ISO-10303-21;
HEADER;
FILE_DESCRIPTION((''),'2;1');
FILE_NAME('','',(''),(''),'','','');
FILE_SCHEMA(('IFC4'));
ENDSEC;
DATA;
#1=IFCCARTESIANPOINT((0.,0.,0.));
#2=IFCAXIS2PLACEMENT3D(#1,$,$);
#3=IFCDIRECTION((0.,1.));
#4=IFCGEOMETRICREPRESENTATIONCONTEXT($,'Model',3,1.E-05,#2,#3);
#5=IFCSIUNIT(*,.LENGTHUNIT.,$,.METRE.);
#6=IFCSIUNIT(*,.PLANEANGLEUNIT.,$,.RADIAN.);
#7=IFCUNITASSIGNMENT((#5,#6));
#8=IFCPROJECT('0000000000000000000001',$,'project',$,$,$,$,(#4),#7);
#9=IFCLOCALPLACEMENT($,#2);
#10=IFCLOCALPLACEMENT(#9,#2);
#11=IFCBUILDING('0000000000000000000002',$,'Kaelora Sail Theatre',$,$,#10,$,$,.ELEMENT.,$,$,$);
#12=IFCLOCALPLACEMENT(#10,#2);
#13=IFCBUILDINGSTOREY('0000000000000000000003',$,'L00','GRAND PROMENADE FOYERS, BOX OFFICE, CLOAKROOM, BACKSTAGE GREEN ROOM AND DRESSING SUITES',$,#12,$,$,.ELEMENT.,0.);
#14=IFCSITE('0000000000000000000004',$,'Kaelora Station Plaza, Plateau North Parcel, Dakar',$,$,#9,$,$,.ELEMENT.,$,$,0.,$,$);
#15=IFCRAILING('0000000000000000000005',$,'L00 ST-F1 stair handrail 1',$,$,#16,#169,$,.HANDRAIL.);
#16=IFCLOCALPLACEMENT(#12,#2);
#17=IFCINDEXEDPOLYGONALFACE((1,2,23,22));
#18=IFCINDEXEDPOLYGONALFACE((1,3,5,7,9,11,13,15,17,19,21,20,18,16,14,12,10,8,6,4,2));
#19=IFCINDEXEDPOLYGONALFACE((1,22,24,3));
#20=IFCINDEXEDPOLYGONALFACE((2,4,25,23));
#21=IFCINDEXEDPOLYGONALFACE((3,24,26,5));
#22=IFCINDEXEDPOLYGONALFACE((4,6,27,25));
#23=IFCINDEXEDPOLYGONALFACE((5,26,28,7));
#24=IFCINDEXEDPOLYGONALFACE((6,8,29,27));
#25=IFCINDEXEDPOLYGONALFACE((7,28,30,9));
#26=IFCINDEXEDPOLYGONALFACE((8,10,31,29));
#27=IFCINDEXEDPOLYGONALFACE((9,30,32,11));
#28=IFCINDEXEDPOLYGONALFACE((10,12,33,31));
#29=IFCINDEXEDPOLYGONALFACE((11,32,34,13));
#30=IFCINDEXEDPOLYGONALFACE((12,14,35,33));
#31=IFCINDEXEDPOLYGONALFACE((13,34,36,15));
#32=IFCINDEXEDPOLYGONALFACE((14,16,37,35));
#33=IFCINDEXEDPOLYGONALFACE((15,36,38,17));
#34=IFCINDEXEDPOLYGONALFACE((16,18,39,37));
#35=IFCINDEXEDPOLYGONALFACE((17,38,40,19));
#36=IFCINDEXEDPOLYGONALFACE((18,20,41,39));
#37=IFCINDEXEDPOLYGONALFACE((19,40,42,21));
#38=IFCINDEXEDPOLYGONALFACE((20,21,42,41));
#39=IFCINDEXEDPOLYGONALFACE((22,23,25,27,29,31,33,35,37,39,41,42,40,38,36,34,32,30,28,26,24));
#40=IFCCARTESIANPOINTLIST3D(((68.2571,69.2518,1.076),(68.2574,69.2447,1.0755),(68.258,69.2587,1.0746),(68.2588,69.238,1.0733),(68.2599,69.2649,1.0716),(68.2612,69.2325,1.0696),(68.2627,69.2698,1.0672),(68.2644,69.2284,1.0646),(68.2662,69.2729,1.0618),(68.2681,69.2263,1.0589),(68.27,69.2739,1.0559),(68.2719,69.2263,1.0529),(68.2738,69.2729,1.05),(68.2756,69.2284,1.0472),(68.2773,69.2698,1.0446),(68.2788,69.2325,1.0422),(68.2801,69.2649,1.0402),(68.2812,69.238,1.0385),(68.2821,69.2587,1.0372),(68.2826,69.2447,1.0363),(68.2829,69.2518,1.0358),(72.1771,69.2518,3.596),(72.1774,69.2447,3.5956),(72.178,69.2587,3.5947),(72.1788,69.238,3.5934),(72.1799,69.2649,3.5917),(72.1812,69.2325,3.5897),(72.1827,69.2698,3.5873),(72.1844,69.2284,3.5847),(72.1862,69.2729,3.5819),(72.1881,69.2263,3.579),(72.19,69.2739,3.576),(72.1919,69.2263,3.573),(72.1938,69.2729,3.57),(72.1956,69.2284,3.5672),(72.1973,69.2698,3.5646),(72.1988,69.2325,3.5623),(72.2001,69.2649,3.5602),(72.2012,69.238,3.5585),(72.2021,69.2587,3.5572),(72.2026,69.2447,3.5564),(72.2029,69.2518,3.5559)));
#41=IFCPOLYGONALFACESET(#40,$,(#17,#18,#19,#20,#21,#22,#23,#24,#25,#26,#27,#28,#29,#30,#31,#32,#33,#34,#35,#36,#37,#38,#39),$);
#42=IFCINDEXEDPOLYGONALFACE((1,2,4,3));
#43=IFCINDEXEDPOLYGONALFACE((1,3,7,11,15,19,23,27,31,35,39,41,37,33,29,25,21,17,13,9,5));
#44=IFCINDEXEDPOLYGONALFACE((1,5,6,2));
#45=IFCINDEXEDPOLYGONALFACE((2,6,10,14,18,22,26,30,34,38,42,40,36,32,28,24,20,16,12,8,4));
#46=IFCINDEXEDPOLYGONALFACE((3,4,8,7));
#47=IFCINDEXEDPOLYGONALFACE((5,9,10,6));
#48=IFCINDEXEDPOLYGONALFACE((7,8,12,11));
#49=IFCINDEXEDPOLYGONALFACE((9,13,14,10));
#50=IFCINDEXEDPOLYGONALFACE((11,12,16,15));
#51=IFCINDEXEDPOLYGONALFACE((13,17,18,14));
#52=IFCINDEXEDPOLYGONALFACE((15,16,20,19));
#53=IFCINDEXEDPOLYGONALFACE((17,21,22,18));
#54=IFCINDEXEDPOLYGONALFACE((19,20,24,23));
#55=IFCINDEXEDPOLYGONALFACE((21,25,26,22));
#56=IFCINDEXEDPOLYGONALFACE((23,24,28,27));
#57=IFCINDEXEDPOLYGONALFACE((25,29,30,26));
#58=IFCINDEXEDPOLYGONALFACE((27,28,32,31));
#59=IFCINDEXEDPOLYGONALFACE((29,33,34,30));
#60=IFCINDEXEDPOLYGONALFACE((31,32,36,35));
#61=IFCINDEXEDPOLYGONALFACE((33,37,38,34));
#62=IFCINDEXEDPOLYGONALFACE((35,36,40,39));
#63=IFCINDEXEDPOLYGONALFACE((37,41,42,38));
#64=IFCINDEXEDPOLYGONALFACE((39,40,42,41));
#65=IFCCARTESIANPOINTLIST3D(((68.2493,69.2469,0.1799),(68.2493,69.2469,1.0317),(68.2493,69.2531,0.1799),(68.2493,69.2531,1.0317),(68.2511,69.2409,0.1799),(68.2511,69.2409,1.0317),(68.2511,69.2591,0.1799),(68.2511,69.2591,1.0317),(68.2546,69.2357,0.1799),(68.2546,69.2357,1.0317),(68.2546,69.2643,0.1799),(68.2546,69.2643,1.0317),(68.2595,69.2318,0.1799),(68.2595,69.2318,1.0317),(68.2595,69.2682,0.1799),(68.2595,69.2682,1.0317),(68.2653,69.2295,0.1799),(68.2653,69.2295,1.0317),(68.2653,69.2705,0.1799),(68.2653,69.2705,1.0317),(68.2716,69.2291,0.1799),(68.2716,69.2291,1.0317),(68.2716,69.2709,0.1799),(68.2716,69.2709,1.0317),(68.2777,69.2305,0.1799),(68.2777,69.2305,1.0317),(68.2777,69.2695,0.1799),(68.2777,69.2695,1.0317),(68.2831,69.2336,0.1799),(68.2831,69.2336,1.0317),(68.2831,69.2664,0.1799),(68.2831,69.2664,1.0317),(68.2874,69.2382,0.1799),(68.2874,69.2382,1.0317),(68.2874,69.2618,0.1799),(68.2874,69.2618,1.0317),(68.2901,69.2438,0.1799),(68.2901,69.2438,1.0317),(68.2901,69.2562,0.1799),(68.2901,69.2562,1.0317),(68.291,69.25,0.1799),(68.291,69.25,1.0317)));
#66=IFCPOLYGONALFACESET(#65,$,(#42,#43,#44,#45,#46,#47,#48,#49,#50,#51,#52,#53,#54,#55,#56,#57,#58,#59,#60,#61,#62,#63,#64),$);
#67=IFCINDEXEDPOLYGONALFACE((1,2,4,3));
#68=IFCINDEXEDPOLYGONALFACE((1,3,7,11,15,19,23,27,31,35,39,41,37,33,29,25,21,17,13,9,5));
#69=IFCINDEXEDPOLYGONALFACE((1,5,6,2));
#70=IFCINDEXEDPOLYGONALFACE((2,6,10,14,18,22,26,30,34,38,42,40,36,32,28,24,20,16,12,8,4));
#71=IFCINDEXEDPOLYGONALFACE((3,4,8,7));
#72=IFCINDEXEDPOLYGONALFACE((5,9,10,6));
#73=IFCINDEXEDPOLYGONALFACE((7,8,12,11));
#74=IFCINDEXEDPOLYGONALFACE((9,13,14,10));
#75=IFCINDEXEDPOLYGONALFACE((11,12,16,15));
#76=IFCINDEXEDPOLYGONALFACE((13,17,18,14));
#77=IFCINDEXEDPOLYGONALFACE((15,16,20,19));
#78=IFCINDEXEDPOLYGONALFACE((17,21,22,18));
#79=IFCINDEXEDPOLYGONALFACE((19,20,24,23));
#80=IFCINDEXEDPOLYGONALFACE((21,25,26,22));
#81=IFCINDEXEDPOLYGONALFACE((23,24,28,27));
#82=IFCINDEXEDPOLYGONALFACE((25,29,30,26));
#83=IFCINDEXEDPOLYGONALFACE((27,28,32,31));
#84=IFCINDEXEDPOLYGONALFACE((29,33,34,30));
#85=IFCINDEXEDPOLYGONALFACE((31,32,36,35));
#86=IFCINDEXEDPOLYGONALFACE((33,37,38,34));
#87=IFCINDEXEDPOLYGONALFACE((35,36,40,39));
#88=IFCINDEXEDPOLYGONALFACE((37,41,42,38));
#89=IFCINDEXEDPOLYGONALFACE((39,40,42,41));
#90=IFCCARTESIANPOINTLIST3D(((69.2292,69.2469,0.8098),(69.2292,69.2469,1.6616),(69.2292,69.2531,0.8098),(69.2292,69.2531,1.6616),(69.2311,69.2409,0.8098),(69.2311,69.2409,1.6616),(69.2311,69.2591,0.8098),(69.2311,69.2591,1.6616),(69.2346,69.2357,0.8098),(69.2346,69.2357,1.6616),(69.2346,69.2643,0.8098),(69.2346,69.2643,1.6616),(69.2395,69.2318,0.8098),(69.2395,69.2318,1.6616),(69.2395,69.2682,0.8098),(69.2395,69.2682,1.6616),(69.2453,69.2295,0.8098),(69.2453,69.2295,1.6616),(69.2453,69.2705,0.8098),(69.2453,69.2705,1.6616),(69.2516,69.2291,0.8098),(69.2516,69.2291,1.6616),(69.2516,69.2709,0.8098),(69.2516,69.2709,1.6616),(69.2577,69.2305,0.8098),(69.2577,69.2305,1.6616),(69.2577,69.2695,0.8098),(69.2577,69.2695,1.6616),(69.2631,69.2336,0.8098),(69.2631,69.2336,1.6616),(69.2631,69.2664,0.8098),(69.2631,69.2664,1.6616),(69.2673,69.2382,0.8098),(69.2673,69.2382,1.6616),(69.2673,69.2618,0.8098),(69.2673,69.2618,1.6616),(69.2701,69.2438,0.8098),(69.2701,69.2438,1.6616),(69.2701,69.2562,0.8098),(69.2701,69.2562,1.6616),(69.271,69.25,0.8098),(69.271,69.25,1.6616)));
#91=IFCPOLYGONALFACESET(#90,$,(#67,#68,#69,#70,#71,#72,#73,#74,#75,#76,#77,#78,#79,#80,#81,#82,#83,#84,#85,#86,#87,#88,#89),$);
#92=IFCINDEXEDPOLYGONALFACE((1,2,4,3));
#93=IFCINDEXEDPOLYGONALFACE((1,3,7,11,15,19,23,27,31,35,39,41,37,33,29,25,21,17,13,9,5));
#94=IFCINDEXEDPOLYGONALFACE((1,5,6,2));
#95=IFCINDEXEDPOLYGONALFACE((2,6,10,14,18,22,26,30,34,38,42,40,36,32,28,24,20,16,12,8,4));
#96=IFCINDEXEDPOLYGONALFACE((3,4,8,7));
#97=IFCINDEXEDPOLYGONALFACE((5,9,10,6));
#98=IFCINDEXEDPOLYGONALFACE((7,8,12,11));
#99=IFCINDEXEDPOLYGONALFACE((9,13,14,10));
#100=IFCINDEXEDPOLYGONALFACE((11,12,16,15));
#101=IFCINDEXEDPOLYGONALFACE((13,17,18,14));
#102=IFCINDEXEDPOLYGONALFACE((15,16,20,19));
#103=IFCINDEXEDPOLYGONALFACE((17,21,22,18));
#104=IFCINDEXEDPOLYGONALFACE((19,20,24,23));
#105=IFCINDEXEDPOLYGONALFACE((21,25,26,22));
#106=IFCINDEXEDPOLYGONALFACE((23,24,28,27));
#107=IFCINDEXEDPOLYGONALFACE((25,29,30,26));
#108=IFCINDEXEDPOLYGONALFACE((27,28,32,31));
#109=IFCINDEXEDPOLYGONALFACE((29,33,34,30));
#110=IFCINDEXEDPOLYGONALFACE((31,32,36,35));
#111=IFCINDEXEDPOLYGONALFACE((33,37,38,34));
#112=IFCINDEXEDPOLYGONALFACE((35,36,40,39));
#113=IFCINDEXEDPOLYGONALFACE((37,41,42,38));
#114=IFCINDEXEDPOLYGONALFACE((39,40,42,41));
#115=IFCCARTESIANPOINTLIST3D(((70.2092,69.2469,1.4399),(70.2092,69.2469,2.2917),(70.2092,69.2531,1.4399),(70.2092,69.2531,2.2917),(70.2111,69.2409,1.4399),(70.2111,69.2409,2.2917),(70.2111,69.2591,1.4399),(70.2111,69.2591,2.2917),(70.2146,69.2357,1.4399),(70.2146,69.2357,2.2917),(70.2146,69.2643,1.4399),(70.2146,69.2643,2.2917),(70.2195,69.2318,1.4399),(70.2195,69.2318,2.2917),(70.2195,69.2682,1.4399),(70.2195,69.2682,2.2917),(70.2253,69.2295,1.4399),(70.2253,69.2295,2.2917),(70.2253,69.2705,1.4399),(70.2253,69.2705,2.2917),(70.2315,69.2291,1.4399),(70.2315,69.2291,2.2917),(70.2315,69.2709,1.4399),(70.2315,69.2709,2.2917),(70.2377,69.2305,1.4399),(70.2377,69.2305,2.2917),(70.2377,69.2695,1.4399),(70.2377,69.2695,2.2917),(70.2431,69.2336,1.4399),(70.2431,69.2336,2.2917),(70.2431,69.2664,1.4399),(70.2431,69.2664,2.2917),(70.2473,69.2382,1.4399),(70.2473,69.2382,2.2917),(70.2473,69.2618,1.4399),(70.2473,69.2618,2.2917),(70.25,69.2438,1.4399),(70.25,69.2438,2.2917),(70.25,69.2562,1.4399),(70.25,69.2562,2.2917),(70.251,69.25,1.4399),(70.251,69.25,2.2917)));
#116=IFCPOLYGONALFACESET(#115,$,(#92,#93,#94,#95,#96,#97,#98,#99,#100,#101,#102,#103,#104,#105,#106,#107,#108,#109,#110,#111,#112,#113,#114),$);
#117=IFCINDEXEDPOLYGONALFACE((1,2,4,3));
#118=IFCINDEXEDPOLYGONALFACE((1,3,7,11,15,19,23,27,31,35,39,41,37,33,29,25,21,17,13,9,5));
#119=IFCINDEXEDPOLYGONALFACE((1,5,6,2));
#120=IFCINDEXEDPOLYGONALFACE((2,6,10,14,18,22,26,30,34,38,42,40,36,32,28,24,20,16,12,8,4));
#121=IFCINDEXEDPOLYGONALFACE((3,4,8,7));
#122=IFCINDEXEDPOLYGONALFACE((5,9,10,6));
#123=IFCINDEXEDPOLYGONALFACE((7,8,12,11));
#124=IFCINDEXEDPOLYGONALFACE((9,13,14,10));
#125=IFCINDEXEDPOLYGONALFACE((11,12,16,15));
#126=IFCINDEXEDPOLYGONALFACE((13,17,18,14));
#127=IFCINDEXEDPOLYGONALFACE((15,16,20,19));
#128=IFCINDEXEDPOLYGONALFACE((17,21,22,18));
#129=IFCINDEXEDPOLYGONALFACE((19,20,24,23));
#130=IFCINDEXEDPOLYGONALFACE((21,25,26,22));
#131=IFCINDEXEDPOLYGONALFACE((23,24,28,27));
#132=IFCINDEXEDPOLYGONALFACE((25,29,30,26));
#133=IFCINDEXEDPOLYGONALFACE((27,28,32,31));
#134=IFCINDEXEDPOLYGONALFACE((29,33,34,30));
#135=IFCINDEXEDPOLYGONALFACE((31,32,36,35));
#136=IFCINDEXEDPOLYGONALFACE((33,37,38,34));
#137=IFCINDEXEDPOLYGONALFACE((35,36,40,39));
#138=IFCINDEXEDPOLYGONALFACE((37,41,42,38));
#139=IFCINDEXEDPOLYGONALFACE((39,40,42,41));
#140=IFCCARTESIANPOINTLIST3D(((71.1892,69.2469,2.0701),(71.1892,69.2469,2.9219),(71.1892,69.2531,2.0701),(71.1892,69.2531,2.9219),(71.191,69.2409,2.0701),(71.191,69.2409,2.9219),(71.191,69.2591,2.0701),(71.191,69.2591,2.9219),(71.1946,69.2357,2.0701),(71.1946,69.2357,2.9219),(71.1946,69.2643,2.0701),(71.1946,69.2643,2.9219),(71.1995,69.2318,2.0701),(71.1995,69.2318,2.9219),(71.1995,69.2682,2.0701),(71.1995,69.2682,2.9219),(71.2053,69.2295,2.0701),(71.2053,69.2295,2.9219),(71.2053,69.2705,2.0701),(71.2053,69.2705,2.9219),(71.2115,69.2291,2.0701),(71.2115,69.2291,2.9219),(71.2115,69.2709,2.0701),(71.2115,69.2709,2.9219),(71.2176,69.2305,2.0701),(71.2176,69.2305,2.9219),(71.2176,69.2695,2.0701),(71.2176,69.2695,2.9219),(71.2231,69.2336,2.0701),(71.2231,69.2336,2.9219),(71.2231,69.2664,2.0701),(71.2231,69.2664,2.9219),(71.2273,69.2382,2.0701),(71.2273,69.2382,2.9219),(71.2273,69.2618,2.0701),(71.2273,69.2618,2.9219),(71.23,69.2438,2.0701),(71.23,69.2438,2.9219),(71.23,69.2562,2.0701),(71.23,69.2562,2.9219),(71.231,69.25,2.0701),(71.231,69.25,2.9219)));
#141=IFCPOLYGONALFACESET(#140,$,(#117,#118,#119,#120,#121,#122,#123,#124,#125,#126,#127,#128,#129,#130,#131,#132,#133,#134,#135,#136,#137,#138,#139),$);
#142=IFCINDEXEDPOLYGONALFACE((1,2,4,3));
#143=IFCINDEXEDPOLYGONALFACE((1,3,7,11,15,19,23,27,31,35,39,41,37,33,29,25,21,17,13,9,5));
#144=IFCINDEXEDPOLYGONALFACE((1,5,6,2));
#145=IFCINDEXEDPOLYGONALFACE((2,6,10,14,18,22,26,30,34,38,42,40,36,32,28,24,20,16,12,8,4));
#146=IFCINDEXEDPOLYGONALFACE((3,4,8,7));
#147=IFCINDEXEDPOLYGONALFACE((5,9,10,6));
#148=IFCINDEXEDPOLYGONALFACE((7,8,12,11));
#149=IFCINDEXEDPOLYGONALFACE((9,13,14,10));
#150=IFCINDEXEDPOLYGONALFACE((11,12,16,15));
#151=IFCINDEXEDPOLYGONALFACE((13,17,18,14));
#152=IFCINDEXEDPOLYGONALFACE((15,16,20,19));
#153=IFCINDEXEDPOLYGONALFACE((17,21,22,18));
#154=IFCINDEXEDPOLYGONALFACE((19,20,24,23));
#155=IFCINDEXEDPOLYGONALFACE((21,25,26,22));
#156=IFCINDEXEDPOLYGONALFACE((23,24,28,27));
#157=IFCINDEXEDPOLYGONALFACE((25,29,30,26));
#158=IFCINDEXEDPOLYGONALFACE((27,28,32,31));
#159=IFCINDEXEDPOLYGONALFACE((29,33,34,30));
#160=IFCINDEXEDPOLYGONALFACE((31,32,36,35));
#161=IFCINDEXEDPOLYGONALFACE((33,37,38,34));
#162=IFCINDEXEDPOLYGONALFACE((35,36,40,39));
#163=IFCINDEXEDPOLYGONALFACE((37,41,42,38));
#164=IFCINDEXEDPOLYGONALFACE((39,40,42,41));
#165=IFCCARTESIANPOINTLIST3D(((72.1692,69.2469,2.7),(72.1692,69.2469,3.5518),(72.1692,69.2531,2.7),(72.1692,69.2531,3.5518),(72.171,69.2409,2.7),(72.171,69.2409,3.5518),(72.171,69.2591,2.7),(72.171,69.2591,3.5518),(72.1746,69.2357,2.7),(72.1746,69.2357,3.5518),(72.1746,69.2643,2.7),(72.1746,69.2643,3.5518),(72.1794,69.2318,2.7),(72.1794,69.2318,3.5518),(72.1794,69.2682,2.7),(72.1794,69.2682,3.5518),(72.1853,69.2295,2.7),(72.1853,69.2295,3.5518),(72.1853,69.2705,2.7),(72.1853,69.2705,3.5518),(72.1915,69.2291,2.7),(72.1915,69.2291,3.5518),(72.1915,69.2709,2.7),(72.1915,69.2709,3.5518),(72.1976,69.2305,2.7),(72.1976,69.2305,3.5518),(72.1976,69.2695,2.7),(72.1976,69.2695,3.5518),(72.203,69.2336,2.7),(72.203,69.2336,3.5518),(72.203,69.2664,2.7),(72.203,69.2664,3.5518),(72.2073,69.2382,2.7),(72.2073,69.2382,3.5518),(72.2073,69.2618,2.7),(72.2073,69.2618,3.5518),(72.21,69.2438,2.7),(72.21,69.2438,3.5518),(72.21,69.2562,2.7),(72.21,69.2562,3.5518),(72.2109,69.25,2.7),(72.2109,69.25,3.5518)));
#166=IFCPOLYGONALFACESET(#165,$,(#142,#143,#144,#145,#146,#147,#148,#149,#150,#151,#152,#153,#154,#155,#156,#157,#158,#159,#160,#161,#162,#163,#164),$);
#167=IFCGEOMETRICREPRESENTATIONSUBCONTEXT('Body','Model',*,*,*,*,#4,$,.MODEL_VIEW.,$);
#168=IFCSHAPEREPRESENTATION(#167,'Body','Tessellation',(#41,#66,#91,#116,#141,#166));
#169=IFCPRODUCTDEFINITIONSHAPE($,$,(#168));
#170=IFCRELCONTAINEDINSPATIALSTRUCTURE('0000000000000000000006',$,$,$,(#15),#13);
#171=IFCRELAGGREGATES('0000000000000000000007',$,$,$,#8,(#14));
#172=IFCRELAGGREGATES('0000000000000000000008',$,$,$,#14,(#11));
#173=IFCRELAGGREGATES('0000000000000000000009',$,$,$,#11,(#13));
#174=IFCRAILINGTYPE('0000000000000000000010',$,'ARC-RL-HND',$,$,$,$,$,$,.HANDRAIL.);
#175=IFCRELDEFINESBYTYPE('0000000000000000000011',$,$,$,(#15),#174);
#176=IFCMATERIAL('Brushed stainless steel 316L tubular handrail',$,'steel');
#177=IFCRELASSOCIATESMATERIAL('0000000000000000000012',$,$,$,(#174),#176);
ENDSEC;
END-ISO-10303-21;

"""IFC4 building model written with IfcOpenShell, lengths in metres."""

from ifc_helpers import new_model, si_unit, direction, frame, origin, origin_2d, place, context, subcontext, project, spatial, circle, extrude, material, type_object, element, save


model = new_model("IFC4")

# Units and contexts
model_context = context("Model", 3, precision=1e-05, world=origin(), true_north=direction((0.0, 1.0)))
body_context = subcontext(model_context, "Body", "Model", "MODEL_VIEW")
ifc_project = project(units=[si_unit("LENGTHUNIT", "METRE"), si_unit("PLANEANGLEUNIT", "RADIAN")], contexts=[model_context])

# Site, building, storey
site_placement = place(None, origin())
site = spatial("IfcSite", under=ifc_project, at=site_placement, Name="Kaelora Station Plaza, Plateau North Parcel, Dakar", CompositionType="ELEMENT", RefElevation=0.0)
building_placement = place(site_placement, origin())
building = spatial("IfcBuilding", under=site, at=building_placement, Name="Kaelora Sail Theatre", CompositionType="ELEMENT")
storey_placement = place(building_placement, origin())
storey = spatial("IfcBuildingStorey", under=building, at=storey_placement, Name="L00", Description="GRAND PROMENADE FOYERS, BOX OFFICE, CLOAKROOM, BACKSTAGE GREEN ROOM AND DRESSING SUITES", CompositionType="ELEMENT", Elevation=0.0)

# Railing
ifc_material_1 = material(Name="Brushed stainless steel 316L tubular handrail", Category="steel")
railing_type_1 = type_object("IfcRailingType", Name="ARC-RL-HND", PredefinedType="HANDRAIL", material=ifc_material_1)
railing_1_placement = place(storey_placement, frame((68.27, 69.25, 0.1799)))
element("IfcRailing", 1, at=railing_1_placement, inside=storey, type_object=railing_type_1, Name="L00 ST-F1 stair handrail 1", PredefinedType="HANDRAIL", context=body_context, shape_type="SweptSolid", body=[
    extrude(circle(Radius=0.0239, at=origin_2d()), frame((0.0, 0.0, 0.876), z_axis=(0.841172, 0.0, 0.540768), x_axis=(0.0, 1.0, 0.0)), (0.0, 0.0, 1.0), 4.6602),
    extrude(circle(Radius=0.021, at=origin_2d()), origin(), (0.0, 0.0, 1.0), 0.8518),
    extrude(circle(Radius=0.021, at=origin_2d()), frame((0.98, 0.0, 0.6299)), (0.0, 0.0, 1.0), 0.8518),
    extrude(circle(Radius=0.021, at=origin_2d()), frame((1.96, 0.0, 1.26)), (0.0, 0.0, 1.0), 0.8518),
    extrude(circle(Radius=0.021, at=origin_2d()), frame((2.9399, 0.0, 1.8901)), (0.0, 0.0, 1.0), 0.8518),
    extrude(circle(Radius=0.021, at=origin_2d()), frame((3.9199, 0.0, 2.52)), (0.0, 0.0, 1.0), 0.8518),
])

save(model, "model.ifc")
